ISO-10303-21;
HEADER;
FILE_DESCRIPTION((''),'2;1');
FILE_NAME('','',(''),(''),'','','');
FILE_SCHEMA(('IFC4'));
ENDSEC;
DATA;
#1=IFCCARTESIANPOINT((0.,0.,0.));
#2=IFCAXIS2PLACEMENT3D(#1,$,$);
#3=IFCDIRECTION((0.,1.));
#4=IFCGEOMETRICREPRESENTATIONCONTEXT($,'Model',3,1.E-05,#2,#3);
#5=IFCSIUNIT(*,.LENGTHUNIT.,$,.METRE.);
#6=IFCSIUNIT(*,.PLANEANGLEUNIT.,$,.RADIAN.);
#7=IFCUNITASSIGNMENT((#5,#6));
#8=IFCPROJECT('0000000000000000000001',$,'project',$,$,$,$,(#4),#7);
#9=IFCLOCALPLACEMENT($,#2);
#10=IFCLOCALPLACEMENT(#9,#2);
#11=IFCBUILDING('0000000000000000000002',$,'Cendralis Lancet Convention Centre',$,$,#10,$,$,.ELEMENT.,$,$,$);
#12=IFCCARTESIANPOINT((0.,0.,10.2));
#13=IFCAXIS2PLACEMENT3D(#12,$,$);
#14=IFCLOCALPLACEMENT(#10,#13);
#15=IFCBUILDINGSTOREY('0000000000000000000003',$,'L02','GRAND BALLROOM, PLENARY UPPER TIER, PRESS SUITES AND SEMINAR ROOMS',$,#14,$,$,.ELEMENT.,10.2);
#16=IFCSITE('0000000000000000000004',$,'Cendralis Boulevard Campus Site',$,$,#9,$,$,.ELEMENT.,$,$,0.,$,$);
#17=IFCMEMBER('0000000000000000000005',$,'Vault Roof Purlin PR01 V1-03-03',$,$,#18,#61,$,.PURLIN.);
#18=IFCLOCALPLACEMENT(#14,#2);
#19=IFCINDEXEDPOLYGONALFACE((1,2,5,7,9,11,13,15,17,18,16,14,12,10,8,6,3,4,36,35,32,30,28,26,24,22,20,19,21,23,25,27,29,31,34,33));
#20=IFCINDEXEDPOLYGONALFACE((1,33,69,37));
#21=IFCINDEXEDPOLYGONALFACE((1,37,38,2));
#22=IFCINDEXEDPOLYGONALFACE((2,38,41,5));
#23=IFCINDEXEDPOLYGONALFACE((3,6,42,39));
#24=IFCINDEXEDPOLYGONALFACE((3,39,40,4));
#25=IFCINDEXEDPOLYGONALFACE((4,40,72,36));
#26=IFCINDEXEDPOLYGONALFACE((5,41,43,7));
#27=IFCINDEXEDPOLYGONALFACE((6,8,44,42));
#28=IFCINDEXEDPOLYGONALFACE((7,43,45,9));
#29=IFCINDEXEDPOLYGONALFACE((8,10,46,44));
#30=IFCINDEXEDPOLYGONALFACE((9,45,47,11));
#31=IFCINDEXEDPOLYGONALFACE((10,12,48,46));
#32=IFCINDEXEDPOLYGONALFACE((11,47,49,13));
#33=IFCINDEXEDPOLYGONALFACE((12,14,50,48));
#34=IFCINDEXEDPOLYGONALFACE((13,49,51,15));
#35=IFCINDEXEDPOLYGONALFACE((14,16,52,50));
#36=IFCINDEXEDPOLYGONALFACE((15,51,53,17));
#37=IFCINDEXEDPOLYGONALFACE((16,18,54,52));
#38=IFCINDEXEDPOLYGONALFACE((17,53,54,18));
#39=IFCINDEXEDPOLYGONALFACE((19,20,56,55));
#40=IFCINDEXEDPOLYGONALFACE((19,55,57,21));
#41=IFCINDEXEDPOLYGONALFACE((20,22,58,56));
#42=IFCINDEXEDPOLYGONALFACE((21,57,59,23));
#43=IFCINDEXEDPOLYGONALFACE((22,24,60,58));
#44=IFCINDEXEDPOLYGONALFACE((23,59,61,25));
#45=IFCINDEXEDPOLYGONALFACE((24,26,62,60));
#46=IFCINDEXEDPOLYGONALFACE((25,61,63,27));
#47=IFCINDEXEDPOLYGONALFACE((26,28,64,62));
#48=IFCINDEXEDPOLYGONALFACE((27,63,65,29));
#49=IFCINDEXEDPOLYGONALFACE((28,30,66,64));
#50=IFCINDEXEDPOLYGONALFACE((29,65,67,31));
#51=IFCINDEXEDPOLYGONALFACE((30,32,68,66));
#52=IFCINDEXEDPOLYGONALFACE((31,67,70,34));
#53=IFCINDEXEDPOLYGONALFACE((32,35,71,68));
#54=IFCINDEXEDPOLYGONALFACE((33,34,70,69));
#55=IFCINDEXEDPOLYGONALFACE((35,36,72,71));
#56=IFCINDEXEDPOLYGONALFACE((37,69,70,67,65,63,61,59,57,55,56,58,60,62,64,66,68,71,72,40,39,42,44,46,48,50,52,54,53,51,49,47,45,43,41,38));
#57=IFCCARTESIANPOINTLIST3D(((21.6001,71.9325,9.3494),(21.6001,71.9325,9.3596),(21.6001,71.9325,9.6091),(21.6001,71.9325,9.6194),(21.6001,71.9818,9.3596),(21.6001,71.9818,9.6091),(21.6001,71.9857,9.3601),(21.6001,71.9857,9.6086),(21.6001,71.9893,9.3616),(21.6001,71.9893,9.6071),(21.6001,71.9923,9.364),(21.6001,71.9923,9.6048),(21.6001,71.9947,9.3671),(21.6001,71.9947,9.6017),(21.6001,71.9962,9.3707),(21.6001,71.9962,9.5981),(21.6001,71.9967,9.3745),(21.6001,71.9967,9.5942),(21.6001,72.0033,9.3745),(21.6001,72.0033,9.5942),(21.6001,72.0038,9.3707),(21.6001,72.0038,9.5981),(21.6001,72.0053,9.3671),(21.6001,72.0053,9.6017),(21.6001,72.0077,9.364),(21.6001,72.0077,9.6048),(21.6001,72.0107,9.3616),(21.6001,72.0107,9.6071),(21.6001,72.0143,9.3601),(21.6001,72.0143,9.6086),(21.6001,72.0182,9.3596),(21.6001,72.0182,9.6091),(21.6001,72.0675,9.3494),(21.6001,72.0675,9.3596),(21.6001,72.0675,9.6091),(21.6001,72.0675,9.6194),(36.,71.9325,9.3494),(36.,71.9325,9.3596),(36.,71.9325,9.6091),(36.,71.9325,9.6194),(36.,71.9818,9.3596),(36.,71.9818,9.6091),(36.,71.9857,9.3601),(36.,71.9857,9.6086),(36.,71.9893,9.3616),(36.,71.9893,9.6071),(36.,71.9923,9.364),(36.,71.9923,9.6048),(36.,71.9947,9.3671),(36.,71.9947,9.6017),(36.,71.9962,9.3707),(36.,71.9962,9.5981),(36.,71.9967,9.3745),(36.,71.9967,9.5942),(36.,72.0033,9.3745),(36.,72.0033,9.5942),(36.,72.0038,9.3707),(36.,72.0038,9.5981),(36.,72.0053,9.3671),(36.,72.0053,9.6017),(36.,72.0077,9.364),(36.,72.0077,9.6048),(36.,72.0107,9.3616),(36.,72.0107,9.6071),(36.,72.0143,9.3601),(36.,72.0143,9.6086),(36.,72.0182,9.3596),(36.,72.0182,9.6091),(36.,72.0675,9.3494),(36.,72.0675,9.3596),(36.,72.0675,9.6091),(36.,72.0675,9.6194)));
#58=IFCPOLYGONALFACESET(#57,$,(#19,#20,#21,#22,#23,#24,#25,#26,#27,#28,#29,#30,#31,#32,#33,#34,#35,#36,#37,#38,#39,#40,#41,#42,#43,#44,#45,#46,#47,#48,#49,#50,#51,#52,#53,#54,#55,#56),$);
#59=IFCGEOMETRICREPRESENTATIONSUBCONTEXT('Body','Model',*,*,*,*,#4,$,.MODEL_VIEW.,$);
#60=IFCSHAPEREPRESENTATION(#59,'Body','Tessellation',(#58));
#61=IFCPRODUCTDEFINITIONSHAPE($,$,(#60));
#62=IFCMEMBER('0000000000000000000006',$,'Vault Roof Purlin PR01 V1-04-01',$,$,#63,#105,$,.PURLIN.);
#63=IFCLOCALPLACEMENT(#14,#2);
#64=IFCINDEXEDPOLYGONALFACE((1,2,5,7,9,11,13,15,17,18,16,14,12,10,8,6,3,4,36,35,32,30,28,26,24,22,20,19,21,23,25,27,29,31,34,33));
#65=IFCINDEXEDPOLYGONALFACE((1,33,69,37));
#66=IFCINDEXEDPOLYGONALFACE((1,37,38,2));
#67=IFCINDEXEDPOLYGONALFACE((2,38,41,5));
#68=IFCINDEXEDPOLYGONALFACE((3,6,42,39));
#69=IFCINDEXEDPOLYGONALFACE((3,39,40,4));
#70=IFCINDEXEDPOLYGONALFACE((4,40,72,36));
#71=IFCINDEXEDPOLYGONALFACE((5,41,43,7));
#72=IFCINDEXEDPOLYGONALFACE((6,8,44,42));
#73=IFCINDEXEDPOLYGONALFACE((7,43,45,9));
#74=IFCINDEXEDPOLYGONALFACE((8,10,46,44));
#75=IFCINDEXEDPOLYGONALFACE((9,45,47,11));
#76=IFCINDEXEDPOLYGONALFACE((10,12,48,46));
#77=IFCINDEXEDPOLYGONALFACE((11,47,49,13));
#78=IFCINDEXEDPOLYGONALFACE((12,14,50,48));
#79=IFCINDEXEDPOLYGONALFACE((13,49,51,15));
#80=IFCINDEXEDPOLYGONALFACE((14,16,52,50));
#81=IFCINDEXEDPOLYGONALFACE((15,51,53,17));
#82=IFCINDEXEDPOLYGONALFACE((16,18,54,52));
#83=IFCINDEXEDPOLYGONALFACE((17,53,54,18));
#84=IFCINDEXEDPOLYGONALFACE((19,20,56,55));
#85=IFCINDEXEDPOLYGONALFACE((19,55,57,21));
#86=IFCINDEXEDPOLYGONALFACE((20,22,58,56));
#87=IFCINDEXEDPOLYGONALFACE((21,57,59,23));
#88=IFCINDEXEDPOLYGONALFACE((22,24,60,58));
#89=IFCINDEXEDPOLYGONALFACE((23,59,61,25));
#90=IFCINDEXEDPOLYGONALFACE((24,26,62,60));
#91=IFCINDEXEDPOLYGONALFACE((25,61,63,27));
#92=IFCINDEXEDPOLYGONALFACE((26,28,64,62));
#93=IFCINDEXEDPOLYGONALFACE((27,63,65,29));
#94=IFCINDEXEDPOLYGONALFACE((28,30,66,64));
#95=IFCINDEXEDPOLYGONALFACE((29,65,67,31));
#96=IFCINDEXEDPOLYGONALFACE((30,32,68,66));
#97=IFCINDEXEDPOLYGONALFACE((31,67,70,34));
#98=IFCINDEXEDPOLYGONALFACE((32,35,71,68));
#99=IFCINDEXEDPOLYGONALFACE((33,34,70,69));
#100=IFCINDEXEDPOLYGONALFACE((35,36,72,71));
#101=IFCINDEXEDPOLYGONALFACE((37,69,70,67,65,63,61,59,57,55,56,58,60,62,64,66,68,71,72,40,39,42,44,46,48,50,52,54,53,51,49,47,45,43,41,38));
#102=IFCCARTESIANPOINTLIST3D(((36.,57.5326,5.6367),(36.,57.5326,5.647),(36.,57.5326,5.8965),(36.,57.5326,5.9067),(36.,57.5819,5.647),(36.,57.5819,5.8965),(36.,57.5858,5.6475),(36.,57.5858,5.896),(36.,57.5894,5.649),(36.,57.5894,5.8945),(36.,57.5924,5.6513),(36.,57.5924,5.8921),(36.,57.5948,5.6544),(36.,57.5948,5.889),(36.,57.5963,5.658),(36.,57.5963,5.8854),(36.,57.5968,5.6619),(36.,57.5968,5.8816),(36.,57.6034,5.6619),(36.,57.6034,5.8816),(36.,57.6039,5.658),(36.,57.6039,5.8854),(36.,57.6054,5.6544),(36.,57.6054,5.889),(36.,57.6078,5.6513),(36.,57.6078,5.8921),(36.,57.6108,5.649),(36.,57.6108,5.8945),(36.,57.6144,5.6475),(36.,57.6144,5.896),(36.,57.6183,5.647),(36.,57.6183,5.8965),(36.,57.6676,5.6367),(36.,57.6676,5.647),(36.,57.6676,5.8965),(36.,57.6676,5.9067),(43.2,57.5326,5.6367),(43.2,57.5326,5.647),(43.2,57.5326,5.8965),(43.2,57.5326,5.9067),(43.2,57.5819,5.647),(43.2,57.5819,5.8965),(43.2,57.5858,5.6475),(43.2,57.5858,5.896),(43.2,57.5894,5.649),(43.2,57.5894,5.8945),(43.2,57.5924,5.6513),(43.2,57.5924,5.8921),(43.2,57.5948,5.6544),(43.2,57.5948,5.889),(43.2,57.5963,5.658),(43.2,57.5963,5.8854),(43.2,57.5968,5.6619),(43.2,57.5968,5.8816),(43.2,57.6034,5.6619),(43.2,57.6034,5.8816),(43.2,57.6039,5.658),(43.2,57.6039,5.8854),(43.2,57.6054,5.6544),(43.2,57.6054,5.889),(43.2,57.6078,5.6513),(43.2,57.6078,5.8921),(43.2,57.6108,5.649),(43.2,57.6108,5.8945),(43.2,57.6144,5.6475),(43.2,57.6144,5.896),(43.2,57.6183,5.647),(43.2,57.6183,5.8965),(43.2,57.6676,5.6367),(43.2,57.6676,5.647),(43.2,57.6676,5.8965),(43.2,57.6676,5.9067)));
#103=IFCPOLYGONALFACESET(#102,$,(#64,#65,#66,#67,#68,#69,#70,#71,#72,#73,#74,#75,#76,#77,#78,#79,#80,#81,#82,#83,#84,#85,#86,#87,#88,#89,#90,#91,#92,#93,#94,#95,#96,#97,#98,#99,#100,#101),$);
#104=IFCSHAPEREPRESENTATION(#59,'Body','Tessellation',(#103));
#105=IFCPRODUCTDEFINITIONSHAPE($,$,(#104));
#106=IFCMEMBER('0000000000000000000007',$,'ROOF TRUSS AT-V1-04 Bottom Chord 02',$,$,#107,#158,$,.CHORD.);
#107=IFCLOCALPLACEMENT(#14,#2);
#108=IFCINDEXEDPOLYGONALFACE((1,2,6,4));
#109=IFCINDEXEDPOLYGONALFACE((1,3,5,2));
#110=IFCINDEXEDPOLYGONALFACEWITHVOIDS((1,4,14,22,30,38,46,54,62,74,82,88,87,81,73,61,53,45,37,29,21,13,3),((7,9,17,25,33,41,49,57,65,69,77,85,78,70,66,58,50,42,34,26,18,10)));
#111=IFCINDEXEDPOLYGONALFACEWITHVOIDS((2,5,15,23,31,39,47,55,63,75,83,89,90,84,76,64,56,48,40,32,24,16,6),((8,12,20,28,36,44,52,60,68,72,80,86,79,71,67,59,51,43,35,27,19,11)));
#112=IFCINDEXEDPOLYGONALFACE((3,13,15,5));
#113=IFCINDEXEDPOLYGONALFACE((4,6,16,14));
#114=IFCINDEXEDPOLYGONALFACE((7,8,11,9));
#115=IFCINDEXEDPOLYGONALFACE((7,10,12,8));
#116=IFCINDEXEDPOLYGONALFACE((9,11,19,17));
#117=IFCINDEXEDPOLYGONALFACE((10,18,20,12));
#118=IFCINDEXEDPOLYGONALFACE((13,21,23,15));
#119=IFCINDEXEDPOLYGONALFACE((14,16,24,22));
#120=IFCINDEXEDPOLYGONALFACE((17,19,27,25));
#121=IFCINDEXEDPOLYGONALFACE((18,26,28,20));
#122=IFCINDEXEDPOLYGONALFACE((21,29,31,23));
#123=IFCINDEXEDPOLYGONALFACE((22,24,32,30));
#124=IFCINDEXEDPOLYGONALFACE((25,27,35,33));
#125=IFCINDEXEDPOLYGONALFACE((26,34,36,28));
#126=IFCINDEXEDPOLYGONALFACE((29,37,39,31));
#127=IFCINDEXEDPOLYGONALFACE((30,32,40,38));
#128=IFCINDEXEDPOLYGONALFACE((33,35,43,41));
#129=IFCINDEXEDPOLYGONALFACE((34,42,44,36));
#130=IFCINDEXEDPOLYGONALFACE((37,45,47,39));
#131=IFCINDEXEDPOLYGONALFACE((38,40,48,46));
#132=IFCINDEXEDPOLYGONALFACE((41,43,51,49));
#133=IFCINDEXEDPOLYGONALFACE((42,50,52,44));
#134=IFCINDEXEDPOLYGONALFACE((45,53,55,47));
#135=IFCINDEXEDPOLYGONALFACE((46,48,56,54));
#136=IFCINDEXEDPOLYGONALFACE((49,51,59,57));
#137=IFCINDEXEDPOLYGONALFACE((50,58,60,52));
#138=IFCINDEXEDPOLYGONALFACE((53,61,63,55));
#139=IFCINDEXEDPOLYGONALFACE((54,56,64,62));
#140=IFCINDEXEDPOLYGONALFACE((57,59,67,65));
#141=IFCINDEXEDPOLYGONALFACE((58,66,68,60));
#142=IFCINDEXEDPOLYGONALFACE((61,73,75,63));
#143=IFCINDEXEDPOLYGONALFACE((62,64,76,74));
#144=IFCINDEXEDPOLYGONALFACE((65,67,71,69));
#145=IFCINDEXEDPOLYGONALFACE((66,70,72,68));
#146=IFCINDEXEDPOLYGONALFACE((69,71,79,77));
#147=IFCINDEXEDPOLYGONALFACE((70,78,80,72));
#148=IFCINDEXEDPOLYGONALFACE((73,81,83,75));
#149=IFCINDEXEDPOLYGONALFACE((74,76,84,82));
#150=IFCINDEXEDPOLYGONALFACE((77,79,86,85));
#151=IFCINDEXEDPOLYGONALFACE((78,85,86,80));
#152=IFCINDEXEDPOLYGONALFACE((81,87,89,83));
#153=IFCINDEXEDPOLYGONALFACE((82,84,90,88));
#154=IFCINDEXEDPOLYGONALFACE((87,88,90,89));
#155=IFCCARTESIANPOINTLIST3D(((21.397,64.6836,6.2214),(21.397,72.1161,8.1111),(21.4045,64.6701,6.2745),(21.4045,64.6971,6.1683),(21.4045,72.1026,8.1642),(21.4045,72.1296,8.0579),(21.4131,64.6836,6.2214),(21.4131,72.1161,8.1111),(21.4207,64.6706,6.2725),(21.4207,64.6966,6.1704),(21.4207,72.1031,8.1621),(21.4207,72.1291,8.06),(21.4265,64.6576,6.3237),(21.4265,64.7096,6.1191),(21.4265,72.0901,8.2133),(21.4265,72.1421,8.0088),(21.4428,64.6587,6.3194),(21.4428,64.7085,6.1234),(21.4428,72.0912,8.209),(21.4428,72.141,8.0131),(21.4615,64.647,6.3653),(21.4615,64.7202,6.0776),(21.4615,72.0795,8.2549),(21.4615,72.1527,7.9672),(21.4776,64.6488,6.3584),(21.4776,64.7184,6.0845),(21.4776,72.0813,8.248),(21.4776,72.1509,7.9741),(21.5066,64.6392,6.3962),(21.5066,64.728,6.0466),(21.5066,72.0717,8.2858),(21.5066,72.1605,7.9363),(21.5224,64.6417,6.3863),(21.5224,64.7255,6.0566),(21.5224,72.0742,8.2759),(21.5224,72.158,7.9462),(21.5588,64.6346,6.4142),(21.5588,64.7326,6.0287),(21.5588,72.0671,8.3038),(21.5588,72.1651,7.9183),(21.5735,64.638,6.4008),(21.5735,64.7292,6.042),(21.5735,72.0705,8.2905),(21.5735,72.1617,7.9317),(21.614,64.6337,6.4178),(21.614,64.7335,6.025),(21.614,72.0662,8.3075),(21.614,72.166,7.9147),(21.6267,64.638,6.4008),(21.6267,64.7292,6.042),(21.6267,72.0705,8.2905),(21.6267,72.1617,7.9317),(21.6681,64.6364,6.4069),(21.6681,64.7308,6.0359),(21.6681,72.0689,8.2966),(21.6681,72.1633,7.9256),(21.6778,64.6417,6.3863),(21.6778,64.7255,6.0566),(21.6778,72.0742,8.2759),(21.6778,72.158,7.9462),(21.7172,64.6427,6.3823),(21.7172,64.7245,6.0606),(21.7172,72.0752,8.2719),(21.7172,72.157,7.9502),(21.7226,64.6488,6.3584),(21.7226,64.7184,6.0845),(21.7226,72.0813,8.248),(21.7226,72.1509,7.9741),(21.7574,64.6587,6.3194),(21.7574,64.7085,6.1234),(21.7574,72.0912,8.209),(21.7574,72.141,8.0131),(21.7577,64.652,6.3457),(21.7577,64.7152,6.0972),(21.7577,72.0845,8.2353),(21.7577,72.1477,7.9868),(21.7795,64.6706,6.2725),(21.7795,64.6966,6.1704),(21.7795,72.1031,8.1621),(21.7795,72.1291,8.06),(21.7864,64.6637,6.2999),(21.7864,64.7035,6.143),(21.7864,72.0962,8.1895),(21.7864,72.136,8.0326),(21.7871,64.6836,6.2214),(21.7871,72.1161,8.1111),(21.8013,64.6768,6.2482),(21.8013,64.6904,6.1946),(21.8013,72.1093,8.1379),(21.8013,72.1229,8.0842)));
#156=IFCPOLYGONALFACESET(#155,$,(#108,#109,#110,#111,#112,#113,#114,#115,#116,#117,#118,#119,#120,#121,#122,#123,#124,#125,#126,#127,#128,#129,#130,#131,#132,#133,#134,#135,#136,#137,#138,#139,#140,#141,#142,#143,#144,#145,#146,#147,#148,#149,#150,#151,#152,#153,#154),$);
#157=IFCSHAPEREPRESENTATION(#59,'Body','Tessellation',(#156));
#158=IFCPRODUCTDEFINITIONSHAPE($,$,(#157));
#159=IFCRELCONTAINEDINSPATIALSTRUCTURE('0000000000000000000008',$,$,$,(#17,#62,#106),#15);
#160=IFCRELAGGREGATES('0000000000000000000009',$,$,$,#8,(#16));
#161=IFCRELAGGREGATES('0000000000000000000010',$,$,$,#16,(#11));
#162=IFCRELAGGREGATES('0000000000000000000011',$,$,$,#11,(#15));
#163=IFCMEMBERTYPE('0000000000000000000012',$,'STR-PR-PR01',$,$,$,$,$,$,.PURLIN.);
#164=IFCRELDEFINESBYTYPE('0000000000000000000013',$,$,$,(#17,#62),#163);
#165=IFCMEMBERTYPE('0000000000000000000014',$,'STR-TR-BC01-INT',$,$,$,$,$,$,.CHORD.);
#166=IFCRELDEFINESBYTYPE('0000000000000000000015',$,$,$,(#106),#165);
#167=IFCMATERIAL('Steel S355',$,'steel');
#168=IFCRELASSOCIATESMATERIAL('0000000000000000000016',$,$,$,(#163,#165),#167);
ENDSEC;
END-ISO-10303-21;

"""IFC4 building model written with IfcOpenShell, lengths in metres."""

from ifc_helpers import new_model, si_unit, direction, frame, origin, origin_2d, place, context, subcontext, project, spatial, hollow_circle, i_section, extrude, material, material_profile, profile_set, type_object, element, save


model = new_model("IFC4")

# Units and contexts
model_context = context("Model", 3, precision=1e-05, world=origin(), true_north=direction((0.0, 1.0)))
body_context = subcontext(model_context, "Body", "Model", "MODEL_VIEW")
ifc_project = project(units=[si_unit("LENGTHUNIT", "METRE"), si_unit("PLANEANGLEUNIT", "RADIAN")], contexts=[model_context])

# Site, building, storey
site_placement = place(None, origin())
site = spatial("IfcSite", under=ifc_project, at=site_placement, Name="Cendralis Boulevard Campus Site", CompositionType="ELEMENT", RefElevation=0.0)
building_placement = place(site_placement, origin())
building = spatial("IfcBuilding", under=site, at=building_placement, Name="Cendralis Lancet Convention Centre", CompositionType="ELEMENT")
storey_placement = place(building_placement, frame((0.0, 0.0, 10.2)))
storey = spatial("IfcBuildingStorey", under=building, at=storey_placement, Name="L02", Description="GRAND BALLROOM, PLENARY UPPER TIER, PRESS SUITES AND SEMINAR ROOMS", CompositionType="ELEMENT", Elevation=10.2)

# Members
ifc_material = material(Name="Steel S355", Category="steel")
ifc_material_profile_1 = material_profile(ifc_material, i_section(OverallWidth=0.135, OverallDepth=0.27, WebThickness=0.0066, FlangeThickness=0.0103, FilletRadius=0.0149, at=origin_2d()), Name="IPE 270")
ifc_profile_set_1 = profile_set([ifc_material_profile_1], Name="Steel S355")
member_type_1 = type_object("IfcMemberType", Name="STR-PR-PR01", PredefinedType="PURLIN", material=ifc_profile_set_1)
for number, where, z_axis, x_axis, name in (
    (1, (21.6001, 72.0, 9.4844), (1.0, 0.0, 0.0), (0.0, 1.0, 0.0), "Vault Roof Purlin PR01 V1-03-03"),
):
    element("IfcMember", number, at=place(storey_placement, frame(where, z_axis=z_axis, x_axis=x_axis)), inside=storey, type_object=member_type_1, Name=name, PredefinedType="PURLIN", context=body_context, shape_type="SweptSolid", body=[
        extrude(i_section(OverallWidth=0.135, OverallDepth=0.27, WebThickness=0.0066, FlangeThickness=0.0103, FilletRadius=0.0149, at=origin_2d()), origin(), (0.0, 0.0, 1.0), 14.3999),
    ])
member_1_placement = place(storey_placement, frame((36.0, 57.6001, 5.7717), z_axis=(1.0, 0.0, 0.0), x_axis=(0.0, 1.0, 0.0)))
element("IfcMember", 2, at=member_1_placement, inside=storey, type_object=member_type_1, Name="Vault Roof Purlin PR01 V1-04-01", PredefinedType="PURLIN", context=body_context, shape_type="SweptSolid", body=[
    extrude(i_section(OverallWidth=0.135, OverallDepth=0.27, WebThickness=0.0066, FlangeThickness=0.0103, FilletRadius=0.0149, at=origin_2d()), origin(), (0.0, 0.0, 1.0), 7.2),
])
ifc_material_profile_2 = material_profile(ifc_material, hollow_circle(Radius=0.2031, WallThickness=0.0161, at=origin_2d()), Name="CHS 406.4x16.0")
ifc_profile_set_2 = profile_set([ifc_material_profile_2], Name="Steel S355")
member_type_2 = type_object("IfcMemberType", Name="STR-TR-BC01-INT", PredefinedType="CHORD", material=ifc_profile_set_2)
member_2_placement = place(storey_placement, frame((21.6001, 64.6836, 6.2214), z_axis=(0.0, 0.969169, 0.246399), x_axis=(-1.0, 0.0, 0.0)))
element("IfcMember", 3, at=member_2_placement, inside=storey, type_object=member_type_2, Name="ROOF TRUSS AT-V1-04 Bottom Chord 02", PredefinedType="CHORD", context=body_context, shape_type="SweptSolid", body=[
    extrude(hollow_circle(Radius=0.2031, WallThickness=0.0161, at=origin_2d()), origin(), (0.0, 0.0, 1.0), 7.6689),
])

save(model, "model.ifc")
